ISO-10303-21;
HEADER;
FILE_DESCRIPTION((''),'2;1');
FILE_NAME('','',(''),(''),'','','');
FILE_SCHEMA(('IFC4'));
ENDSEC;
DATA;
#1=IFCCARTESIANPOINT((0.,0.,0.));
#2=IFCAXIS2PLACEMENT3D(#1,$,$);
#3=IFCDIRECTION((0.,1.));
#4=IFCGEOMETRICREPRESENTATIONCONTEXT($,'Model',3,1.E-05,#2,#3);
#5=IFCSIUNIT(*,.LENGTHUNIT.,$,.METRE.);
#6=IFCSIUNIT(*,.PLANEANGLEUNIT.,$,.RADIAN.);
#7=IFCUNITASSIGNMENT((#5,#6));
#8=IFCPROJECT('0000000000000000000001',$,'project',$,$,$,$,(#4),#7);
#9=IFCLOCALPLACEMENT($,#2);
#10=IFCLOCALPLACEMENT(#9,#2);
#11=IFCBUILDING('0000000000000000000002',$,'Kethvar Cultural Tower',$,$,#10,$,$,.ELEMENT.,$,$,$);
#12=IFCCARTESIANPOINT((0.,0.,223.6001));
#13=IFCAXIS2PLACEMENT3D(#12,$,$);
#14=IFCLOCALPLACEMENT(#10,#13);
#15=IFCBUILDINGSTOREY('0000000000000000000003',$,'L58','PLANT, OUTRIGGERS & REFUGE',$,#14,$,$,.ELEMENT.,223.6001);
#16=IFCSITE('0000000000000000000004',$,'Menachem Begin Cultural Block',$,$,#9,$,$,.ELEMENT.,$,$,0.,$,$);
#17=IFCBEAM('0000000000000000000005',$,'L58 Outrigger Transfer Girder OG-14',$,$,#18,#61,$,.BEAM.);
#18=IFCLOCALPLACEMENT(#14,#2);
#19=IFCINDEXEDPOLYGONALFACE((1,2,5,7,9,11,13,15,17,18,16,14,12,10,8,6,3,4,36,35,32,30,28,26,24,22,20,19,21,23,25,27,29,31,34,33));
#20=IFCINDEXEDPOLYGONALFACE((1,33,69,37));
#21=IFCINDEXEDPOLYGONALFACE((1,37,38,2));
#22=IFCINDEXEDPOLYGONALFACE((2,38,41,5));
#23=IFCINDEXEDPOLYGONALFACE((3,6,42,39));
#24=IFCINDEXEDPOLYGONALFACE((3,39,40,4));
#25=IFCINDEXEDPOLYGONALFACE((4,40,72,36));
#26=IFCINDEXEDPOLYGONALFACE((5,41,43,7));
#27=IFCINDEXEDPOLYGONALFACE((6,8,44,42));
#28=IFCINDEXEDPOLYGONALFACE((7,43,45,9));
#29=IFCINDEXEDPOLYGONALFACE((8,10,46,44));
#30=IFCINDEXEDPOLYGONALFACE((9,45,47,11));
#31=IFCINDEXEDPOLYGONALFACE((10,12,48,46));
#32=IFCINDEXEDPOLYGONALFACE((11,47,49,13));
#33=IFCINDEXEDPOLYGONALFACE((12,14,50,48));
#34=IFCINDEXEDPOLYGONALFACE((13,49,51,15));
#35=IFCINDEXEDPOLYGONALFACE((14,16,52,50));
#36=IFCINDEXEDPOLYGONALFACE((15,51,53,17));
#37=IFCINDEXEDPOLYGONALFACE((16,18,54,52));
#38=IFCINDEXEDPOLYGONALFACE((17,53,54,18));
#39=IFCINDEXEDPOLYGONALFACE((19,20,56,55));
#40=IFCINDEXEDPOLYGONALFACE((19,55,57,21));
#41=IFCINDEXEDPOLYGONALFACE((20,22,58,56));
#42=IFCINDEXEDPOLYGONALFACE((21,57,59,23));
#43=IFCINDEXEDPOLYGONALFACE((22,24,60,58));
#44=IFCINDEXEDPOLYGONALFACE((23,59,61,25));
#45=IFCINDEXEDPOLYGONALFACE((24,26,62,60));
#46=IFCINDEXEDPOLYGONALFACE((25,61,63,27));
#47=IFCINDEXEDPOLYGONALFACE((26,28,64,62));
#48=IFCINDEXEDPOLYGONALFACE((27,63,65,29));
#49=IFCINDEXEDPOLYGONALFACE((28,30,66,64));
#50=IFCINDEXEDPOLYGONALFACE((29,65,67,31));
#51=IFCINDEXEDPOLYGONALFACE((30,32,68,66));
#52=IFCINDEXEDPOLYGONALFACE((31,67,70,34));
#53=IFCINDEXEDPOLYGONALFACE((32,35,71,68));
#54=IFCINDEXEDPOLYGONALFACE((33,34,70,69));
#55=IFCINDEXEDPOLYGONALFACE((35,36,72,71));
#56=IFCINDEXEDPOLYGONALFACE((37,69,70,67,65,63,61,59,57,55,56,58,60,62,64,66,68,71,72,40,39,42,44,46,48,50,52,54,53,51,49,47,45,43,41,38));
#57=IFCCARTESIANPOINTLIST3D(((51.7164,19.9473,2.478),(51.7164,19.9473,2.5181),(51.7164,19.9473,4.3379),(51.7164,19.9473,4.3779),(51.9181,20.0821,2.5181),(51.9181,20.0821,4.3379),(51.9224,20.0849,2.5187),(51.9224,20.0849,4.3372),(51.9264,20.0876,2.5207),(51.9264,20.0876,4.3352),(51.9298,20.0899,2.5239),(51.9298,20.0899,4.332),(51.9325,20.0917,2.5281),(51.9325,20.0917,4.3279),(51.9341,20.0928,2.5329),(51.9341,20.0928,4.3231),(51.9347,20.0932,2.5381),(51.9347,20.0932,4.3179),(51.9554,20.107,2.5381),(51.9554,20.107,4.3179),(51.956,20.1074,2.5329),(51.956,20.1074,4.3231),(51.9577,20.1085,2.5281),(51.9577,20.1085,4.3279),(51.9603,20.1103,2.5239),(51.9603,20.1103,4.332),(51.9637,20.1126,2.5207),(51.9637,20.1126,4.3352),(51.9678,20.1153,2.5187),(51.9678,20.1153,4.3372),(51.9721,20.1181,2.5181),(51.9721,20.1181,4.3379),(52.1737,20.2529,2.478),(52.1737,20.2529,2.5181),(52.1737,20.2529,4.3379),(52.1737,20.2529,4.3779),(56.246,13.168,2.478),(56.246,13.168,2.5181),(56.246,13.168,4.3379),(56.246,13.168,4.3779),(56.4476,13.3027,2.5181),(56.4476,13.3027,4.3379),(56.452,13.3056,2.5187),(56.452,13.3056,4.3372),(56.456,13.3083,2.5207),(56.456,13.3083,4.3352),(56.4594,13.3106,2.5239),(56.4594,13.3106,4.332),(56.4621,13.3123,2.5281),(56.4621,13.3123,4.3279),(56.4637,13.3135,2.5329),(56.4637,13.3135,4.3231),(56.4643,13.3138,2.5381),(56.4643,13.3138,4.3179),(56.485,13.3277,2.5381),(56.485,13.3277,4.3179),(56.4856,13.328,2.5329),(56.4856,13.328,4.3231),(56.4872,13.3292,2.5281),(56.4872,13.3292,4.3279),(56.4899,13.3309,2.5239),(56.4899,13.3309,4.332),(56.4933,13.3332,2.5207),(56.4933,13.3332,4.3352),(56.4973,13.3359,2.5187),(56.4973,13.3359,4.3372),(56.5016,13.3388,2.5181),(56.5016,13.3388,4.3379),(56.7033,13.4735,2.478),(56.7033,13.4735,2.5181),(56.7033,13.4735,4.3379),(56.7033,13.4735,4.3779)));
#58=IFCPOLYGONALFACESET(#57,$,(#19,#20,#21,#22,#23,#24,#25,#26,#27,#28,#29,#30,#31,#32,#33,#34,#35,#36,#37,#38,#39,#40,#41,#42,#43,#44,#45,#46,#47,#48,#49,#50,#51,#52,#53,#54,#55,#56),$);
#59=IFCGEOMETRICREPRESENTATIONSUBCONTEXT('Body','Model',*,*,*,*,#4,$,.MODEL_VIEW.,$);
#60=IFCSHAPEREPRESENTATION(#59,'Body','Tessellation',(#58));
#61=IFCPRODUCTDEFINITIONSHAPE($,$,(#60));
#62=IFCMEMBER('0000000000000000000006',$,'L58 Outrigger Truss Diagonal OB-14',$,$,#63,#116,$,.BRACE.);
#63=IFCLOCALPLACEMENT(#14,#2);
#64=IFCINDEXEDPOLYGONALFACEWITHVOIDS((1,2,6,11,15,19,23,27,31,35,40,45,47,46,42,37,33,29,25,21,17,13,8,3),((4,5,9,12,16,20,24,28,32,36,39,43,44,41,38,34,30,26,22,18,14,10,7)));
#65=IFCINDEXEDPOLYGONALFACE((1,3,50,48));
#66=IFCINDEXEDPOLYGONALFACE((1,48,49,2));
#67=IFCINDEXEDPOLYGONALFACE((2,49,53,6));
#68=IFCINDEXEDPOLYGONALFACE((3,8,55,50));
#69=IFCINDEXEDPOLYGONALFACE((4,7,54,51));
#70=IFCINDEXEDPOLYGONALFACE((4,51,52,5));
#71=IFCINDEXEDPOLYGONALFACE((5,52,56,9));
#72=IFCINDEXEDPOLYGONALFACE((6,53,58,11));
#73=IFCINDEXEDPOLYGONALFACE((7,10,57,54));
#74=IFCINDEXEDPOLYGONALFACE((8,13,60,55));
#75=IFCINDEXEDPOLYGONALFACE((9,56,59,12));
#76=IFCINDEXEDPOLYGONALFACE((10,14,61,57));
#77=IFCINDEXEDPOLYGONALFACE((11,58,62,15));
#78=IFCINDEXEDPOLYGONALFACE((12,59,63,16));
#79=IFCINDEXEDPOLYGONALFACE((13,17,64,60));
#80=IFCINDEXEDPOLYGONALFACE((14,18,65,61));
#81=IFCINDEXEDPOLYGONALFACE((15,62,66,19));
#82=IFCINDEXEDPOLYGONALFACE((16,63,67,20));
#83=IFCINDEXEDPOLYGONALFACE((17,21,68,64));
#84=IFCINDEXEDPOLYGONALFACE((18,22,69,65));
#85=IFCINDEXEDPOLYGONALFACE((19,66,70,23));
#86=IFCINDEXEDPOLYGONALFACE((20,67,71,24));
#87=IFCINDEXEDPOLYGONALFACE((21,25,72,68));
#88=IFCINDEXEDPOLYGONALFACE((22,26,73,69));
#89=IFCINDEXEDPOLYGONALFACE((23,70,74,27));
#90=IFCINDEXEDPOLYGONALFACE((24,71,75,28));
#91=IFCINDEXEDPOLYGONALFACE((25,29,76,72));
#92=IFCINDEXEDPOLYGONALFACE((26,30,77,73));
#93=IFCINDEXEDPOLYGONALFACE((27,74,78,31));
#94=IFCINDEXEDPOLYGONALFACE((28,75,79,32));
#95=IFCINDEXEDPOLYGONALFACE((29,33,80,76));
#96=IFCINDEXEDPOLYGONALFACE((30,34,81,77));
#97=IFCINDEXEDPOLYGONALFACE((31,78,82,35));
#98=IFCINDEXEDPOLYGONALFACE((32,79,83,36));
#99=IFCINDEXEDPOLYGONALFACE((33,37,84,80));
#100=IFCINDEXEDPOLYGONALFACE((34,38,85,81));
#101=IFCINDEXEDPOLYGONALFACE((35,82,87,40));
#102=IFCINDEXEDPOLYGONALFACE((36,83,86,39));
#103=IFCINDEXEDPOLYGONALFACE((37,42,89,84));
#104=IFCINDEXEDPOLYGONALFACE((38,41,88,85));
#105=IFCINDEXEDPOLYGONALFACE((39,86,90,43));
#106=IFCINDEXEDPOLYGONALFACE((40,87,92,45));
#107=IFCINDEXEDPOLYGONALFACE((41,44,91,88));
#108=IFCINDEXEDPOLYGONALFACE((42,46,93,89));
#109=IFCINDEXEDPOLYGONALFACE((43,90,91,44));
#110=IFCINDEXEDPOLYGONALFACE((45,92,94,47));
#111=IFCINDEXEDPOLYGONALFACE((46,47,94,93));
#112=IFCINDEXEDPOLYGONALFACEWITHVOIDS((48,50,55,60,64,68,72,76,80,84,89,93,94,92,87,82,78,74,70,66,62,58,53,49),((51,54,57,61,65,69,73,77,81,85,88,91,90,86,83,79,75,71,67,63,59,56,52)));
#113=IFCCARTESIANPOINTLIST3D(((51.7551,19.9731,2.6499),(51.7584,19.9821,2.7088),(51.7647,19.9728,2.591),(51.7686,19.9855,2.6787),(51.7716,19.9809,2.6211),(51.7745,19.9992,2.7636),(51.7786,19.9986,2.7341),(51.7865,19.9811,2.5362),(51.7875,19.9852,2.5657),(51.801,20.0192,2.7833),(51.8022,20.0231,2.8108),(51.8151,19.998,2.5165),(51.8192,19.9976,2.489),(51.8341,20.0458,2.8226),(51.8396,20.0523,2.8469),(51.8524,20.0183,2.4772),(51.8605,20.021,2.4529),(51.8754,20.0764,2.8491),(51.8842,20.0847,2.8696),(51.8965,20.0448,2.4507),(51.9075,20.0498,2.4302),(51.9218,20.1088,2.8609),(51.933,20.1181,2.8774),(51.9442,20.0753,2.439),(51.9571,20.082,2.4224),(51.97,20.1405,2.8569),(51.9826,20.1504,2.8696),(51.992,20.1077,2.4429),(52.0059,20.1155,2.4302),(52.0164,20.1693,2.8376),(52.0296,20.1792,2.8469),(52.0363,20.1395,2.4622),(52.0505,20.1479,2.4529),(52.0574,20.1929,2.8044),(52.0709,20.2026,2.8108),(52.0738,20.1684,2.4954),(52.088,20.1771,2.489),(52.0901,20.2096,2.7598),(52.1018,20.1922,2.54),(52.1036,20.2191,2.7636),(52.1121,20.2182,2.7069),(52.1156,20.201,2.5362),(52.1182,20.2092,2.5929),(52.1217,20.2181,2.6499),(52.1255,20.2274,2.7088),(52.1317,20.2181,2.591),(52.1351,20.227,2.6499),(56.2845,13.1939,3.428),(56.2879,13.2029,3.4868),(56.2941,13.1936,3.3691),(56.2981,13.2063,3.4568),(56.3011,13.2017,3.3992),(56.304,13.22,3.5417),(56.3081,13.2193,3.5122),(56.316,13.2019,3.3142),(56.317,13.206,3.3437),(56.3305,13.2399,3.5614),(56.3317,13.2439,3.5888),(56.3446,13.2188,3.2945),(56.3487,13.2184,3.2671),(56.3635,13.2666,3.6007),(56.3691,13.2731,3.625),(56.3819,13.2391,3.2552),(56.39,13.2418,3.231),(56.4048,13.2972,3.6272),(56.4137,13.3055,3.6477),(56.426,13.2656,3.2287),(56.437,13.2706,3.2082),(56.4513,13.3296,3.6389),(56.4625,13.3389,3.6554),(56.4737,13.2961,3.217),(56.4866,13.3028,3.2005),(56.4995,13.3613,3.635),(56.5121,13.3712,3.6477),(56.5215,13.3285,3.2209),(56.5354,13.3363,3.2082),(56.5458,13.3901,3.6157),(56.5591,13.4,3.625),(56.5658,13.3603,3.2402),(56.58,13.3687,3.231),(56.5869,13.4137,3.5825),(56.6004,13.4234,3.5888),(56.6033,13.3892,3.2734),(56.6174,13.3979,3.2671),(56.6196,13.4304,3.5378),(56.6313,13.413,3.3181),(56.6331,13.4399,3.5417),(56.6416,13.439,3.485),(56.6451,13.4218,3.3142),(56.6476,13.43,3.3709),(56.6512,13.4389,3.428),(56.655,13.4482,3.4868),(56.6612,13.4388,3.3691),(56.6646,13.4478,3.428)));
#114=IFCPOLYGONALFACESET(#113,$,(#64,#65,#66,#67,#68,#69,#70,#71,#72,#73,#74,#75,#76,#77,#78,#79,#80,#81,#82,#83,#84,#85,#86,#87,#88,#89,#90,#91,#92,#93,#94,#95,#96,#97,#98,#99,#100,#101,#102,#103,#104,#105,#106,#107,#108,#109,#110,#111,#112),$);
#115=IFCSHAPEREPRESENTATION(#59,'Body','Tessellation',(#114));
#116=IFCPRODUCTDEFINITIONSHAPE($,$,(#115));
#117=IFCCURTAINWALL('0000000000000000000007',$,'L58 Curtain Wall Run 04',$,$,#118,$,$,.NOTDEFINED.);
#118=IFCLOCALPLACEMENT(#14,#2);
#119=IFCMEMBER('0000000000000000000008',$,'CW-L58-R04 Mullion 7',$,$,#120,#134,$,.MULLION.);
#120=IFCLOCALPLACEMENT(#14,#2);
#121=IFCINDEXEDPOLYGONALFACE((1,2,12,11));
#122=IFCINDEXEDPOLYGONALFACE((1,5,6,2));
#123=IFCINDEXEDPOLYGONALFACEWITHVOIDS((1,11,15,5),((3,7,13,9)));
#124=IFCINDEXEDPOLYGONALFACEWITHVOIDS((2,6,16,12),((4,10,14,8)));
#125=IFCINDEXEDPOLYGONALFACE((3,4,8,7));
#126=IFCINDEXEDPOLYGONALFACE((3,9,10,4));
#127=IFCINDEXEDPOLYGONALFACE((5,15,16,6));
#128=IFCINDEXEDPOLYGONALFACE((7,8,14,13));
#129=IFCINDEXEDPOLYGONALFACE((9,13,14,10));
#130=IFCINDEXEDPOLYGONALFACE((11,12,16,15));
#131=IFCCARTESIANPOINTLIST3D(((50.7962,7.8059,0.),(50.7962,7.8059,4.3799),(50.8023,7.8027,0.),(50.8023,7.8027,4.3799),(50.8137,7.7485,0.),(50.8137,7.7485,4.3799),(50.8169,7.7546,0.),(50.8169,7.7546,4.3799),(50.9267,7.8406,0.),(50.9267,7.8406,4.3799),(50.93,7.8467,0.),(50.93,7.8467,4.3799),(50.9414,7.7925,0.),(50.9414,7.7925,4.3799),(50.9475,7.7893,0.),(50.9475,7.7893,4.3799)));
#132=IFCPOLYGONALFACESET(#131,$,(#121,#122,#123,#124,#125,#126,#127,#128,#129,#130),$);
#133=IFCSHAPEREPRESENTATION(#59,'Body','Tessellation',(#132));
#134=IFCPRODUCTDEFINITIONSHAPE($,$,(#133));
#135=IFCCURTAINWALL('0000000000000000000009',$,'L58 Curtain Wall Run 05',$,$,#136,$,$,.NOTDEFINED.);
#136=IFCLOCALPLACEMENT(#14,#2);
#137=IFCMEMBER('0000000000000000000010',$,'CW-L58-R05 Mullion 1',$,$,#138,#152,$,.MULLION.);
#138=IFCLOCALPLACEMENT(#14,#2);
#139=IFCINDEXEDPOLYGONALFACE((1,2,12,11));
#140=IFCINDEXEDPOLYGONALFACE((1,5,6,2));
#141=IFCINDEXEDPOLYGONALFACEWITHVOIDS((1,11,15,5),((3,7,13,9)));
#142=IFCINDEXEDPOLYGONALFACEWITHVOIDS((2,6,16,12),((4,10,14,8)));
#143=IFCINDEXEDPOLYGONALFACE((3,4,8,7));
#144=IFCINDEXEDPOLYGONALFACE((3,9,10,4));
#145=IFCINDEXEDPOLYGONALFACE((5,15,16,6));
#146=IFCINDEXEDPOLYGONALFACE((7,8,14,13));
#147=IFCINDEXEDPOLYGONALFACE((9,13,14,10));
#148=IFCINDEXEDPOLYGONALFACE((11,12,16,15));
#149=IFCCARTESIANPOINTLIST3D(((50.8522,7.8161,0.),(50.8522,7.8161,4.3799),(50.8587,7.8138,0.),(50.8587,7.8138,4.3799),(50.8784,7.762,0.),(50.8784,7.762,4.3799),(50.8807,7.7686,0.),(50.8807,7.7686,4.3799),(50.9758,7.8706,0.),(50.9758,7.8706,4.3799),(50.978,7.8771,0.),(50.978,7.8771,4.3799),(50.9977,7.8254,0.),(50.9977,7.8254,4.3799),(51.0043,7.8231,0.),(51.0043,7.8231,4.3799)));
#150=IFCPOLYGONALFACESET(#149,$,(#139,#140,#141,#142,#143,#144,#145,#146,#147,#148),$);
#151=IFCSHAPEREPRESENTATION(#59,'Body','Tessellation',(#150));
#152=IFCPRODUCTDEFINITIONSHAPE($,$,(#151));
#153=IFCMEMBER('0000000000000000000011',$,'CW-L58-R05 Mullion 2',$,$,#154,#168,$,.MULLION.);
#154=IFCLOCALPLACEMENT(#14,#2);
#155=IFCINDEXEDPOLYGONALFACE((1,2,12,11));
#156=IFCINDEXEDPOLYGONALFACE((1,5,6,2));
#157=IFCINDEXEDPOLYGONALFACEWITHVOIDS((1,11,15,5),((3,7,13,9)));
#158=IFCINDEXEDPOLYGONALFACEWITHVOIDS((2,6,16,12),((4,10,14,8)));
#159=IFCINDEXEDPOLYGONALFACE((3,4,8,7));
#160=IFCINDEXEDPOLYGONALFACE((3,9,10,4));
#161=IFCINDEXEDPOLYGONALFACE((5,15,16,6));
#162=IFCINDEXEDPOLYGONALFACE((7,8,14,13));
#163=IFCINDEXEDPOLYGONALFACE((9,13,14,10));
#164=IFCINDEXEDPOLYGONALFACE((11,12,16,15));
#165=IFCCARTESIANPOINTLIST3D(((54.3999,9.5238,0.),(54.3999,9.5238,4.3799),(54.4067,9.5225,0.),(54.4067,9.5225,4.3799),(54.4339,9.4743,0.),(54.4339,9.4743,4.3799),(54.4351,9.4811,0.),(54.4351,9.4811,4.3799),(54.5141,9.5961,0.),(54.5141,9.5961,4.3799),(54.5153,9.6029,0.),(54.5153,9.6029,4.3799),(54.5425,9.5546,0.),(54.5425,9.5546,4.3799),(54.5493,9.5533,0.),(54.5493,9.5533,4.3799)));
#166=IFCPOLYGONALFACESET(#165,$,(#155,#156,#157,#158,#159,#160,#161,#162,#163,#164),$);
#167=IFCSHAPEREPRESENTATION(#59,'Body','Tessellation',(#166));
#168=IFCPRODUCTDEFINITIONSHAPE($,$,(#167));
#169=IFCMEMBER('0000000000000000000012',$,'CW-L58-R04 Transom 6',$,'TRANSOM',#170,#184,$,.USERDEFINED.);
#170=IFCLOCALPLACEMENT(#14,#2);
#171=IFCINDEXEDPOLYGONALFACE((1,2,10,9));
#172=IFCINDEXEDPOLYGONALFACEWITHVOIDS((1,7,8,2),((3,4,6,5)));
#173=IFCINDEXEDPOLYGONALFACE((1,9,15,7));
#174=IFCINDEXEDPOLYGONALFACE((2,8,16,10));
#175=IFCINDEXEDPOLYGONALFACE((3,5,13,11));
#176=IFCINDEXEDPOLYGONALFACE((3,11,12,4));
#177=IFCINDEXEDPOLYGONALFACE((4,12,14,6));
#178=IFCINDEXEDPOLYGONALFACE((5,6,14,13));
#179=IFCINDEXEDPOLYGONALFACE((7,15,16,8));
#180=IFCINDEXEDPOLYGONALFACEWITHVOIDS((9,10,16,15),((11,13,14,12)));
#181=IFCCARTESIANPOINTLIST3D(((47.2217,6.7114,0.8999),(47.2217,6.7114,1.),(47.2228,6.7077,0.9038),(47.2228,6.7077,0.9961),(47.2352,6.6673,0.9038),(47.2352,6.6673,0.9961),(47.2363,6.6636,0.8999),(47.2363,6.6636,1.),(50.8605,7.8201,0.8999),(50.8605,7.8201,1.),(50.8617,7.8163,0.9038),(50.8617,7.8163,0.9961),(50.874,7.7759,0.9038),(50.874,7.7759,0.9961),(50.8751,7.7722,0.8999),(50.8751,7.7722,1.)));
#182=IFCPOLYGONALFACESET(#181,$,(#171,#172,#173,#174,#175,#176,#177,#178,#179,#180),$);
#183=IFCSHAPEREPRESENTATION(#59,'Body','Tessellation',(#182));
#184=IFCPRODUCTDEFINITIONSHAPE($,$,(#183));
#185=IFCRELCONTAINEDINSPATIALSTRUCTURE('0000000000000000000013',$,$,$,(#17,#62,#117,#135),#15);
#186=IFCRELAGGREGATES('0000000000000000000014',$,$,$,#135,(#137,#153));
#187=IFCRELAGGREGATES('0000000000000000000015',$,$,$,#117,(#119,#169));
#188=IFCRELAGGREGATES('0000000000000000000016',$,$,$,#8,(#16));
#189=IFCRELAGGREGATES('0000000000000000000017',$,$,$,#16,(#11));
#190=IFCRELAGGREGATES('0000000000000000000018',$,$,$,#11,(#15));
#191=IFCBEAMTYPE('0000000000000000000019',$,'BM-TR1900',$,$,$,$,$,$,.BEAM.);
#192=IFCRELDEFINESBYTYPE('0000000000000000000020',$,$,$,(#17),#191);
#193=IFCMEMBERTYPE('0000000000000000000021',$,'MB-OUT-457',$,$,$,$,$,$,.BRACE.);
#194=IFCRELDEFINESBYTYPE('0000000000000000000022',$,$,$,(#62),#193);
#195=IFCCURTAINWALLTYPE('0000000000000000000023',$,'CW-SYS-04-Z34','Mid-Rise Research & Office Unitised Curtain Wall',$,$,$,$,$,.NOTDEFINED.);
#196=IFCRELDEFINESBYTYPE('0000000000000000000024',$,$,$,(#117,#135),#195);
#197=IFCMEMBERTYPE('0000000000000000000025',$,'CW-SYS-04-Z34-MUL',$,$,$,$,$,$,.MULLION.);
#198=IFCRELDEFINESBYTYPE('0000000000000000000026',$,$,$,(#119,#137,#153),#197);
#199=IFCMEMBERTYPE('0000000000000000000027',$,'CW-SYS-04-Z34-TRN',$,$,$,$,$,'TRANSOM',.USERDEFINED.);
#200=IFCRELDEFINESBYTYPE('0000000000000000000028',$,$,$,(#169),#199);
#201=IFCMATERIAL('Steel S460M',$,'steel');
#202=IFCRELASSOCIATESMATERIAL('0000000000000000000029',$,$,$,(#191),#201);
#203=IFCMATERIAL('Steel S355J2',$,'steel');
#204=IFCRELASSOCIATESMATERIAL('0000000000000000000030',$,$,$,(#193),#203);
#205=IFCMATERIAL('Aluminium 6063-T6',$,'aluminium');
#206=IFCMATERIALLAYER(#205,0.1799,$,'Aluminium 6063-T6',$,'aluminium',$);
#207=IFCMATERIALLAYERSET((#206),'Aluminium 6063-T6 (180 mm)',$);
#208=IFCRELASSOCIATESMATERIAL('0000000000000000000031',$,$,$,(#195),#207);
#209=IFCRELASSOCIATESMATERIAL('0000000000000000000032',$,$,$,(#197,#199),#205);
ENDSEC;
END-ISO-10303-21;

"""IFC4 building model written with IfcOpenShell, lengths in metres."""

from ifc_helpers import new_model, si_unit, direction, frame, origin, origin_2d, place, context, subcontext, project, spatial, hollow_rectangle, hollow_circle, i_section, extrude, source, transform, mapped, material, layer, layer_set, material_profile, profile_set, type_object, element, aggregate, save


model = new_model("IFC4")

# Units and contexts
model_context = context("Model", 3, precision=1e-05, world=origin(), true_north=direction((0.0, 1.0)))
body_context = subcontext(model_context, "Body", "Model", "MODEL_VIEW")
ifc_project = project(units=[si_unit("LENGTHUNIT", "METRE"), si_unit("PLANEANGLEUNIT", "RADIAN")], contexts=[model_context])

# Site, building, storey
site_placement = place(None, origin())
site = spatial("IfcSite", under=ifc_project, at=site_placement, Name="Menachem Begin Cultural Block", CompositionType="ELEMENT", RefElevation=0.0)
building_placement = place(site_placement, origin())
building = spatial("IfcBuilding", under=site, at=building_placement, Name="Kethvar Cultural Tower", CompositionType="ELEMENT")
storey_placement = place(building_placement, frame((0.0, 0.0, 223.6001)))
storey = spatial("IfcBuildingStorey", under=building, at=storey_placement, Name="L58", Description="PLANT, OUTRIGGERS & REFUGE", CompositionType="ELEMENT", Elevation=223.6001)

# Shared definitions
ifc_material_1 = material(Name="Steel S460M", Category="steel")

# Shared definitions
ifc_material_profile_1 = material_profile(ifc_material_1, i_section(OverallWidth=0.55, OverallDepth=1.8999, WebThickness=0.0249, FlangeThickness=0.04, FilletRadius=0.02, at=origin_2d()), Name="Steel S460M — PG1900x550x40x25")
ifc_profile_set_1 = profile_set([ifc_material_profile_1], Name="Steel S460M — PG1900x550x40x25")
beam_type = type_object("IfcBeamType", Name="BM-TR1900", PredefinedType="BEAM", material=ifc_profile_set_1)

# Shared definitions
ifc_material_2 = material(Name="Steel S355J2", Category="steel")
ifc_material_profile_2 = material_profile(ifc_material_2, hollow_circle(Radius=0.2285, WallThickness=0.0161, at=origin_2d()), Name="Steel S355J2 — CHS457x16")
ifc_profile_set_2 = profile_set([ifc_material_profile_2], Name="Steel S355J2 — CHS457x16")
member_type_1 = type_object("IfcMemberType", Name="MB-OUT-457", PredefinedType="BRACE", material=ifc_profile_set_2)

# Beam
shared_shape_1 = source(origin(), body_context, "Body", "SweptSolid", [
    extrude(i_section(OverallWidth=0.55, OverallDepth=1.8999, WebThickness=0.0249, FlangeThickness=0.04, FilletRadius=0.02, at=origin_2d()), origin(), (0.0, 0.0, 1.0), 8.1533),
])
beam_1_placement = place(storey_placement, frame((51.9451, 20.1001, 3.428), z_axis=(0.55555, -0.831483, 0.0), x_axis=(0.831483, 0.55555, 0.0)))
element("IfcBeam", 1, at=beam_1_placement, inside=storey, type_object=beam_type, Name="L58 Outrigger Transfer Girder OG-14", PredefinedType="BEAM", context=body_context, shape_type="MappedRepresentation", body=[
    mapped(shared_shape_1, transform((0.0, 0.0, 0.0), scale=1.0)),
])

# Member
shared_shape_2 = source(origin(), body_context, "Body", "SweptSolid", [
    extrude(hollow_circle(Radius=0.2285, WallThickness=0.0161, at=origin_2d()), origin(), (0.0, 0.0, 1.0), 8.1902),
])
member_1_placement = place(storey_placement, frame((51.9451, 20.1001, 2.6499), z_axis=(0.553037, -0.827723, 0.095), x_axis=(0.831483, 0.55555, 0.0)))
element("IfcMember", 2, at=member_1_placement, inside=storey, type_object=member_type_1, Name="L58 Outrigger Truss Diagonal OB-14", PredefinedType="BRACE", context=body_context, shape_type="MappedRepresentation", body=[
    mapped(shared_shape_2, transform((0.0, 0.0, 0.0), scale=1.0)),
])

# Curtain wall, member
ifc_material_3 = material(Name="Aluminium 6063-T6", Category="aluminium")
ifc_layer_1 = layer(ifc_material_3, 0.1799, Name="Aluminium 6063-T6", Category="aluminium")
ifc_layer_set_1 = layer_set([ifc_layer_1], Name="Aluminium 6063-T6 (180 mm)")
curtain_wall_type = type_object("IfcCurtainWallType", Name="CW-SYS-04-Z34", Description="Mid-Rise Research & Office Unitised Curtain Wall", PredefinedType="NOTDEFINED", material=ifc_layer_set_1)
curtain_wall_1_placement = place(storey_placement, origin())
curtain_wall_1 = element("IfcCurtainWall", 3, at=curtain_wall_1_placement, inside=storey, type_object=curtain_wall_type, Name="L58 Curtain Wall Run 04", PredefinedType="NOTDEFINED")
ifc_material_profile_3 = material_profile(ifc_material_3, hollow_rectangle(XDim=0.0601, YDim=0.1399, WallThickness=0.0049, at=origin_2d()), Name="Aluminium 6063-T6 — RHS140x60x5")
ifc_profile_set_3 = profile_set([ifc_material_profile_3], Name="Aluminium 6063-T6 — RHS140x60x5")
member_type_2 = type_object("IfcMemberType", Name="CW-SYS-04-Z34-MUL", PredefinedType="MULLION", material=ifc_profile_set_3)
shared_shape_3 = source(origin(), body_context, "Body", "SweptSolid", [
    extrude(hollow_rectangle(XDim=0.0601, YDim=0.1399, WallThickness=0.0049, at=origin_2d()), origin(), (0.0, 0.0, 1.0), 4.3799),
])
member_2_placement = place(storey_placement, frame((50.8718, 7.7976, 0.0), z_axis=(0.0, 0.0, 1.0), x_axis=(-0.291437, 0.95659, 0.0)))
member_2 = element("IfcMember", 4, at=member_2_placement, type_object=member_type_2, Name="CW-L58-R04 Mullion 7", PredefinedType="MULLION", context=body_context, shape_type="MappedRepresentation", body=[
    mapped(shared_shape_3, transform((0.0, 0.0, 0.0), scale=1.0)),
])

# Curtain wall, members
curtain_wall_2_placement = place(storey_placement, origin())
curtain_wall_2 = element("IfcCurtainWall", 5, at=curtain_wall_2_placement, inside=storey, type_object=curtain_wall_type, Name="L58 Curtain Wall Run 05", PredefinedType="NOTDEFINED")
member_3_placement = place(storey_placement, frame((50.9282, 7.8196, 0.0), z_axis=(0.0, 0.0, 1.0), x_axis=(-0.436456, 0.899725, 0.0)))
member_3 = element("IfcMember", 6, at=member_3_placement, type_object=member_type_2, Name="CW-L58-R05 Mullion 1", PredefinedType="MULLION", context=body_context, shape_type="MappedRepresentation", body=[
    mapped(shared_shape_3, transform((0.0, 0.0, 0.0), scale=1.0)),
])
member_4_placement = place(storey_placement, frame((54.4746, 9.5386, 0.0), z_axis=(0.0, 0.0, 1.0), x_axis=(-0.56514, 0.824995, 0.0)))
member_4 = element("IfcMember", 7, at=member_4_placement, type_object=member_type_2, Name="CW-L58-R05 Mullion 2", PredefinedType="MULLION", context=body_context, shape_type="MappedRepresentation", body=[
    mapped(shared_shape_3, transform((0.0, 0.0, 0.0), scale=1.0)),
])

# Member
ifc_material_profile_4 = material_profile(ifc_material_3, hollow_rectangle(XDim=0.05, YDim=0.1001, WallThickness=0.0039, at=origin_2d()), Name="Aluminium 6063-T6 — RHS100x50x4")
ifc_profile_set_4 = profile_set([ifc_material_profile_4], Name="Aluminium 6063-T6 — RHS100x50x4")
member_type_3 = type_object("IfcMemberType", Name="CW-SYS-04-Z34-TRN", ElementType="TRANSOM", PredefinedType="USERDEFINED", material=ifc_profile_set_4)
shared_shape_4 = source(origin(), body_context, "Body", "SweptSolid", [
    extrude(hollow_rectangle(XDim=0.05, YDim=0.1001, WallThickness=0.0039, at=origin_2d()), origin(), (0.0, 0.0, 1.0), 3.804),
])
member_5_placement = place(storey_placement, frame((47.229, 6.6875, 0.95), z_axis=(0.95659, 0.291437, 0.0), x_axis=(-0.291437, 0.95659, 0.0)))
member_5 = element("IfcMember", 8, at=member_5_placement, type_object=member_type_3, Name="CW-L58-R04 Transom 6", ObjectType="TRANSOM", PredefinedType="USERDEFINED", context=body_context, shape_type="MappedRepresentation", body=[
    mapped(shared_shape_4, transform((0.0, 0.0, 0.0), scale=1.0)),
])

aggregate(curtain_wall_2, [member_3, member_4])
aggregate(curtain_wall_1, [member_2, member_5])

save(model, "model.ifc")
